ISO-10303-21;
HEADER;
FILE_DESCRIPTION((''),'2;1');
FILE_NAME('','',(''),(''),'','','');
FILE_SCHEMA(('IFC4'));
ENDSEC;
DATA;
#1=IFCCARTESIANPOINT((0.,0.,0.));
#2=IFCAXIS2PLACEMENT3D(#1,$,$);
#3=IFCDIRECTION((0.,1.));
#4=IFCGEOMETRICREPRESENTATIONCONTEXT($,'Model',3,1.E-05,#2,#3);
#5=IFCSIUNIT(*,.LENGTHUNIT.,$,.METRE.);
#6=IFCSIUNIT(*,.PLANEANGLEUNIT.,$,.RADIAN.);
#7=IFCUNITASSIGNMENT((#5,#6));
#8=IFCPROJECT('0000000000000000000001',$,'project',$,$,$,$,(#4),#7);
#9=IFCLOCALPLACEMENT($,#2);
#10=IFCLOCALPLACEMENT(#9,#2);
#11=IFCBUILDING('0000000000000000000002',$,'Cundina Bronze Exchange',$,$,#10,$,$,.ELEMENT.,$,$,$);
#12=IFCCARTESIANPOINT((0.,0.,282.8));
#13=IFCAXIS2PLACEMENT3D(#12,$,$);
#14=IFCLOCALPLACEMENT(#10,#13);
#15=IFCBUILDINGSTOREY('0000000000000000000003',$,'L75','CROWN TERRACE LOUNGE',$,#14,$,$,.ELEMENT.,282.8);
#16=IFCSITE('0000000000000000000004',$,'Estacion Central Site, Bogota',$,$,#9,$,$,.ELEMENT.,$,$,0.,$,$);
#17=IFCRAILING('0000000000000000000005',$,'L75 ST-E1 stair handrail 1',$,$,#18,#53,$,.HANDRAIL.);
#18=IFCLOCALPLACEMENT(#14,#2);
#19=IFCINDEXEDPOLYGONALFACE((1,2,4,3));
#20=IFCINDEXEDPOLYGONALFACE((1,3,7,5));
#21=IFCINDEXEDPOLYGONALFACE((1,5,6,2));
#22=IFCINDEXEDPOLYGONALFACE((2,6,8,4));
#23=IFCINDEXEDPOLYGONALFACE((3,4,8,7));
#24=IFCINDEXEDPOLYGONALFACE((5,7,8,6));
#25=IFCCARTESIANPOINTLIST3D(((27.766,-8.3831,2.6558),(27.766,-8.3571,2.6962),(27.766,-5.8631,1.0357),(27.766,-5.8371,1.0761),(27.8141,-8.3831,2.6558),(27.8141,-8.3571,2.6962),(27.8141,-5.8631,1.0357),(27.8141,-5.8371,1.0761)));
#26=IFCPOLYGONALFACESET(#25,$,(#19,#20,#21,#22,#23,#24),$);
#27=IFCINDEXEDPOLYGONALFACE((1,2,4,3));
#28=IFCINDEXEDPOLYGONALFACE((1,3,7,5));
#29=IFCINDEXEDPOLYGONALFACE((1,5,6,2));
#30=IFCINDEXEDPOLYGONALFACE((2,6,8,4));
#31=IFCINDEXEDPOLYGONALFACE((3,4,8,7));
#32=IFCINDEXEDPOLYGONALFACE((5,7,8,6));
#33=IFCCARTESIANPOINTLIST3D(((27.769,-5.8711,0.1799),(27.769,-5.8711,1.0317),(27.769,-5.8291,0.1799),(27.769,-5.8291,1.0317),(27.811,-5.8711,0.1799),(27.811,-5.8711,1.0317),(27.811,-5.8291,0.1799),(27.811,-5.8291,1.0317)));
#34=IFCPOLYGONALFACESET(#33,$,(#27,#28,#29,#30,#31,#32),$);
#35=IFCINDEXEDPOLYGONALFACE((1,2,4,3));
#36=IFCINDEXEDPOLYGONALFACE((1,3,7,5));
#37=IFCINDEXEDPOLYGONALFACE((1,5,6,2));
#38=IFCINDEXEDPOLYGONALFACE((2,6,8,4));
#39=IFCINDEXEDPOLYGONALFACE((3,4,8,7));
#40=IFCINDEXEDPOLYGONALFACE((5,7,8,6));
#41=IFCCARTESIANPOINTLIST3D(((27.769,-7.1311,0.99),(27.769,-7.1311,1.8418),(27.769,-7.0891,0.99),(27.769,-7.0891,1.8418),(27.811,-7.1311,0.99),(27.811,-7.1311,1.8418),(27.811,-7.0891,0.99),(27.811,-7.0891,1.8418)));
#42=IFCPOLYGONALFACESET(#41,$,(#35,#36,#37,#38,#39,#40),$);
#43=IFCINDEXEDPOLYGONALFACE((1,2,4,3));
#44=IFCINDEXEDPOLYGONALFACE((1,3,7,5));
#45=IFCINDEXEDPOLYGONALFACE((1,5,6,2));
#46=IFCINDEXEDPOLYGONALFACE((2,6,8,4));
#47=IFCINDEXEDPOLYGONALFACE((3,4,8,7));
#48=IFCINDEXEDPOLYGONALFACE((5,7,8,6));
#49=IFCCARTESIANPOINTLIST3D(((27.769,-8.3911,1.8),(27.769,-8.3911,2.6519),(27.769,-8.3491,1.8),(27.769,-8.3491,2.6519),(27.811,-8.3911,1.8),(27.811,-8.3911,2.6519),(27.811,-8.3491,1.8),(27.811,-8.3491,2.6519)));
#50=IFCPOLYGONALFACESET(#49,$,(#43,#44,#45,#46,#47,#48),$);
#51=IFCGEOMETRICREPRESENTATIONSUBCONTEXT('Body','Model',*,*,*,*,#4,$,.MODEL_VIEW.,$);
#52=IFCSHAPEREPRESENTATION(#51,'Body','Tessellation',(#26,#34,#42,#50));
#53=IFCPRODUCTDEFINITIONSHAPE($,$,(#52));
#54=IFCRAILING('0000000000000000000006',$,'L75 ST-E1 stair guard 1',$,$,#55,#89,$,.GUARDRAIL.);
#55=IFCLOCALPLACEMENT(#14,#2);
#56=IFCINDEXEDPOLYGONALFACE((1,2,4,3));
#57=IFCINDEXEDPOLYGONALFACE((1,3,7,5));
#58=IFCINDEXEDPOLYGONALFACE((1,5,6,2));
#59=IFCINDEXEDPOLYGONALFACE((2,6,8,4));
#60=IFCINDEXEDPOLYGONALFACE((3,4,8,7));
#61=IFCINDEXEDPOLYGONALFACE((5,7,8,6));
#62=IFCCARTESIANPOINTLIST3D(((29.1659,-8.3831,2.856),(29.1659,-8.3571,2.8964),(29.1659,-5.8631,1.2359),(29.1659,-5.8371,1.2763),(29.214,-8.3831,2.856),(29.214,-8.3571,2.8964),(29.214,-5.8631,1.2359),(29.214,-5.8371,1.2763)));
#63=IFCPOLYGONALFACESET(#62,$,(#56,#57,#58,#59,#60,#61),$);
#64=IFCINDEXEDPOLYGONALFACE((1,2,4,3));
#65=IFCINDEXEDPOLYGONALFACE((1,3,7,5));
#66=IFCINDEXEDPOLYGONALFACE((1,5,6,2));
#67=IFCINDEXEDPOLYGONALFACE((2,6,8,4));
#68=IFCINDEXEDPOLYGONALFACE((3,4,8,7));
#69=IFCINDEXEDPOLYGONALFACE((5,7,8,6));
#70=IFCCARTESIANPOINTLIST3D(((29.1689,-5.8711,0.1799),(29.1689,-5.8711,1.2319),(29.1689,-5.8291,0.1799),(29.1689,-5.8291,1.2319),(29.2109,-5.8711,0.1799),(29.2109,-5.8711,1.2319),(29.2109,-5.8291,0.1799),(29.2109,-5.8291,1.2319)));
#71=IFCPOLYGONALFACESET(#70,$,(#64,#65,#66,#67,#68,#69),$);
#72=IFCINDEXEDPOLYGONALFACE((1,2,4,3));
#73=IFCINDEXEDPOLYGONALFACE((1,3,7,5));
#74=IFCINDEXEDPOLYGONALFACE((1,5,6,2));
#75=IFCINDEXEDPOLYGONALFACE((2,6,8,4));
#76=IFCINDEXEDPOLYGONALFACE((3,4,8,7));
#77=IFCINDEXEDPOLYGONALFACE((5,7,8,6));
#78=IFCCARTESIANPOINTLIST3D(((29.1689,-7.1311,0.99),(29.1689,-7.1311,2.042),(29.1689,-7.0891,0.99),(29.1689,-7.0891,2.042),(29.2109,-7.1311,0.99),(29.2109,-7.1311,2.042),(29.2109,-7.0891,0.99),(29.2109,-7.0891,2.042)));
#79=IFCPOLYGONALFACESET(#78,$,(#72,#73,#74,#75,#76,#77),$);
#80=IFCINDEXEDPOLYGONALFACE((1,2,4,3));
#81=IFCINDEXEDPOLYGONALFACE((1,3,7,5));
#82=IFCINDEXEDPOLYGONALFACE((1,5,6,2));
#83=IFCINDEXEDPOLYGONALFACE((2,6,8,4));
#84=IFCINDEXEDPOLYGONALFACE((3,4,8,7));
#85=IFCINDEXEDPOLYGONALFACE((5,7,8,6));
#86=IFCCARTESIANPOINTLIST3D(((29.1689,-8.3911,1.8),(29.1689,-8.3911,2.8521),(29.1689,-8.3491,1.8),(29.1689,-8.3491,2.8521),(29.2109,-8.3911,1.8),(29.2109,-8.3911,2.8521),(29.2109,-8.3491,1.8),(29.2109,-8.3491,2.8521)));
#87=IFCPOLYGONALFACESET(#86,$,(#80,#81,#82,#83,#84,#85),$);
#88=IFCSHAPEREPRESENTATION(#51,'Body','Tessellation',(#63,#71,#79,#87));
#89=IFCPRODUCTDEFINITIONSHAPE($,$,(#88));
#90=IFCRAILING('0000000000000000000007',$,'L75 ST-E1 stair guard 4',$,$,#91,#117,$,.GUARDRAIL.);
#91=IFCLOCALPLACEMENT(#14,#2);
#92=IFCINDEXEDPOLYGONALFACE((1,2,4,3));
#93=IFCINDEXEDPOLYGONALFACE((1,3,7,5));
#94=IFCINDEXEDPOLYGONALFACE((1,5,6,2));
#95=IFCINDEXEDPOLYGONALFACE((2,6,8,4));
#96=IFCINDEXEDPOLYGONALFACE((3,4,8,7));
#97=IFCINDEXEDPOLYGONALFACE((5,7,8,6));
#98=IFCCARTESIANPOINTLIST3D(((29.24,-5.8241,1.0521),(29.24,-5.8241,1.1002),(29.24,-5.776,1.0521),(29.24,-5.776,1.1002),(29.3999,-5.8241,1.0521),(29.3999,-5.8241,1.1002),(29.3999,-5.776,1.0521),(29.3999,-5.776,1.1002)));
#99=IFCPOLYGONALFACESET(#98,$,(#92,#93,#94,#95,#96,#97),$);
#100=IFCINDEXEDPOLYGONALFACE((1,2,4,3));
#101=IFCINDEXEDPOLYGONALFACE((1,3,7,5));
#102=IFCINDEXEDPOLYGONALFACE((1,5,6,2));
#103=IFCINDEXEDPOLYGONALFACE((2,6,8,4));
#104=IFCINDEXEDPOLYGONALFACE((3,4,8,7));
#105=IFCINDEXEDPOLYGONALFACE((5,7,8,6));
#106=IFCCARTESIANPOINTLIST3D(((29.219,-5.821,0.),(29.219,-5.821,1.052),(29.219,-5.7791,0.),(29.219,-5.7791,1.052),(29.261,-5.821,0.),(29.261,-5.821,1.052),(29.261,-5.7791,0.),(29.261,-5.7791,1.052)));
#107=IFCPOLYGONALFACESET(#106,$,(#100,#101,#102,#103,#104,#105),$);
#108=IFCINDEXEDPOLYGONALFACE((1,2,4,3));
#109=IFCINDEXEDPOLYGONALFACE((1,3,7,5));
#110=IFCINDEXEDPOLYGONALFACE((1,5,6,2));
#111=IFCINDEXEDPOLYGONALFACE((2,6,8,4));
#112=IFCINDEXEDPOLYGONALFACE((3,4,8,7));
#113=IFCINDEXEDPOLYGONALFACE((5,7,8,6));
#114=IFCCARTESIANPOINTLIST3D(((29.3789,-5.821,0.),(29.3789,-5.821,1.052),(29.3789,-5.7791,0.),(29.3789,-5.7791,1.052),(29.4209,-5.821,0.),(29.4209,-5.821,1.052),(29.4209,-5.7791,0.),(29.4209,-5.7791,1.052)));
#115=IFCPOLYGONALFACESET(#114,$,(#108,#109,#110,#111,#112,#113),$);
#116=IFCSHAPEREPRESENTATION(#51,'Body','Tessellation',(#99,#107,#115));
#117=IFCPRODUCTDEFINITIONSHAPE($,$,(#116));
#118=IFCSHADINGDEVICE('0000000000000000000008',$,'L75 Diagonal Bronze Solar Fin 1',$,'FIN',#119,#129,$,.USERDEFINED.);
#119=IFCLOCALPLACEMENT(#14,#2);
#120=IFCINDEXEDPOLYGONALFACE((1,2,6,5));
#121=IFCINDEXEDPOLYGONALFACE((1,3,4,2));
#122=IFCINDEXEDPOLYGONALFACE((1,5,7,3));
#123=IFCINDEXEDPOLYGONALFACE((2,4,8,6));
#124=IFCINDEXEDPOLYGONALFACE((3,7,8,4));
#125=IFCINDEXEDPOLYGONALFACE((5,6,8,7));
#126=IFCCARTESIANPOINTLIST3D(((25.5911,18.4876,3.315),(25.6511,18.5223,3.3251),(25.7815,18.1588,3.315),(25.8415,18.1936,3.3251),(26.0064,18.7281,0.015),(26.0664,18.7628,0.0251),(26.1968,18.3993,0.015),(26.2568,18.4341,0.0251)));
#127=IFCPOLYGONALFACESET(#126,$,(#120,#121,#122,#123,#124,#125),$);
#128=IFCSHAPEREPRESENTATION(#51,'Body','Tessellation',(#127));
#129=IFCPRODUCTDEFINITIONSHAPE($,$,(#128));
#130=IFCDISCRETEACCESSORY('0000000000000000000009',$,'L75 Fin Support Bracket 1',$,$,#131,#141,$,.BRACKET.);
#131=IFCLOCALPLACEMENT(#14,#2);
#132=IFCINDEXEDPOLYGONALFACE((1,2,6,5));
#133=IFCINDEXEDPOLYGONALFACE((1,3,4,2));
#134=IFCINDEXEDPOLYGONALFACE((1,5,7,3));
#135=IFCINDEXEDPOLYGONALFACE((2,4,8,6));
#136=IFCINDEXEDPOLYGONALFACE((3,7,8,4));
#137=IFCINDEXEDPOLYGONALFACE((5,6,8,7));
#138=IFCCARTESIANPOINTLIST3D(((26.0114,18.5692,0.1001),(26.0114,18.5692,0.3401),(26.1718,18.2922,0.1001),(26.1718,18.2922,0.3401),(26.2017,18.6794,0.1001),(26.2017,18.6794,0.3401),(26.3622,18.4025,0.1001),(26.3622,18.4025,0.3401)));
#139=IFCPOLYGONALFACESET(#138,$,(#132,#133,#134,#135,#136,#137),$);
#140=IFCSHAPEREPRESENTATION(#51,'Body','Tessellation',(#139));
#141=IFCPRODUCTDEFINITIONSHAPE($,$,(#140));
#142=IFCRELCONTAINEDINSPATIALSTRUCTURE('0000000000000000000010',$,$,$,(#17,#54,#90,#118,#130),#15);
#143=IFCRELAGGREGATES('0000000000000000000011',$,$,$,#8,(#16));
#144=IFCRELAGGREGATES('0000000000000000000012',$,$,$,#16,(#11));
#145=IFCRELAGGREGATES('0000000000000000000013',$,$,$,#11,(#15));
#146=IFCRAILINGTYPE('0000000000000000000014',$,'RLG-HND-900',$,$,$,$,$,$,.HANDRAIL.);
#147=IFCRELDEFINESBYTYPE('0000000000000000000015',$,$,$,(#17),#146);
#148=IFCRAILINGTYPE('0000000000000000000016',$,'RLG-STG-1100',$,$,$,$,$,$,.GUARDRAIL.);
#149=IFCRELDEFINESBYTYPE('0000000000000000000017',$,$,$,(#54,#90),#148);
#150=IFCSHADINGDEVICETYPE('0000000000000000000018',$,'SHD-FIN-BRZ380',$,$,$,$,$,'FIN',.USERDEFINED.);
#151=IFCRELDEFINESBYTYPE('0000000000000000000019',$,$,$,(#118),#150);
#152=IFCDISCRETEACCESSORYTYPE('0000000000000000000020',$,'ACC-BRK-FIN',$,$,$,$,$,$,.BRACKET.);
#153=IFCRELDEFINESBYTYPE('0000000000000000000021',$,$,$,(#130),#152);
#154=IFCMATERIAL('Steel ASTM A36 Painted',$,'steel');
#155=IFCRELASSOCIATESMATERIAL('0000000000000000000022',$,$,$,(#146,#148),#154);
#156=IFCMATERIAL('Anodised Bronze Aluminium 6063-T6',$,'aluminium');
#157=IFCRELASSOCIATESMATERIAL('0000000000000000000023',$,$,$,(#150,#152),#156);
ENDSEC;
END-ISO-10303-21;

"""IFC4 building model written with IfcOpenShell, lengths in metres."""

from ifc_helpers import new_model, si_unit, direction, frame, origin, origin_2d, place, context, subcontext, project, spatial, rectangle, extrude, material, material_profile, profile_set, type_object, element, save


model = new_model("IFC4")

# Units and contexts
model_context = context("Model", 3, precision=1e-05, world=origin(), true_north=direction((0.0, 1.0)))
body_context = subcontext(model_context, "Body", "Model", "MODEL_VIEW")
ifc_project = project(units=[si_unit("LENGTHUNIT", "METRE"), si_unit("PLANEANGLEUNIT", "RADIAN")], contexts=[model_context])

# Site, building, storey
site_placement = place(None, origin())
site = spatial("IfcSite", under=ifc_project, at=site_placement, Name="Estacion Central Site, Bogota", CompositionType="ELEMENT", RefElevation=0.0)
building_placement = place(site_placement, origin())
building = spatial("IfcBuilding", under=site, at=building_placement, Name="Cundina Bronze Exchange", CompositionType="ELEMENT")
storey_placement = place(building_placement, frame((0.0, 0.0, 282.8)))
storey = spatial("IfcBuildingStorey", under=building, at=storey_placement, Name="L75", Description="CROWN TERRACE LOUNGE", CompositionType="ELEMENT", Elevation=282.8)

# Shared definitions
ifc_material_1 = material(Name="Anodised Bronze Aluminium 6063-T6", Category="aluminium")

# Shared definitions
ifc_material_2 = material(Name="Steel ASTM A36 Painted", Category="steel")

# Railings
railing_type_1 = type_object("IfcRailingType", Name="RLG-HND-900", PredefinedType="HANDRAIL", material=ifc_material_2)
railing_1_placement = place(storey_placement, frame((27.79, -5.8501, 0.1799)))
element("IfcRailing", 1, at=railing_1_placement, inside=storey, type_object=railing_type_1, Name="L75 ST-E1 stair handrail 1", PredefinedType="HANDRAIL", context=body_context, shape_type="SweptSolid", body=[
    extrude(rectangle(XDim=0.0481, YDim=0.0481, at=origin_2d()), frame((0.0, 0.0, 0.876), z_axis=(0.0, -0.841163, 0.540782), x_axis=(1.0, 0.0, 0.0)), (0.0, 0.0, 1.0), 2.9958),
    extrude(rectangle(XDim=0.042, YDim=0.042, at=origin_2d()), origin(), (0.0, 0.0, 1.0), 0.8518),
    extrude(rectangle(XDim=0.042, YDim=0.042, at=origin_2d()), frame((0.0, -1.26, 0.8101)), (0.0, 0.0, 1.0), 0.8518),
    extrude(rectangle(XDim=0.042, YDim=0.042, at=origin_2d()), frame((0.0, -2.52, 1.6201)), (0.0, 0.0, 1.0), 0.8518),
])
railing_type_2 = type_object("IfcRailingType", Name="RLG-STG-1100", PredefinedType="GUARDRAIL", material=ifc_material_2)
railing_2_placement = place(storey_placement, frame((29.1899, -5.8501, 0.1799)))
element("IfcRailing", 2, at=railing_2_placement, inside=storey, type_object=railing_type_2, Name="L75 ST-E1 stair guard 1", PredefinedType="GUARDRAIL", context=body_context, shape_type="SweptSolid", body=[
    extrude(rectangle(XDim=0.0481, YDim=0.0481, at=origin_2d()), frame((0.0, 0.0, 1.0762), z_axis=(0.0, -0.841163, 0.540782), x_axis=(1.0, 0.0, 0.0)), (0.0, 0.0, 1.0), 2.9958),
    extrude(rectangle(XDim=0.042, YDim=0.042, at=origin_2d()), origin(), (0.0, 0.0, 1.0), 1.052),
    extrude(rectangle(XDim=0.042, YDim=0.042, at=origin_2d()), frame((0.0, -1.26, 0.8101)), (0.0, 0.0, 1.0), 1.052),
    extrude(rectangle(XDim=0.042, YDim=0.042, at=origin_2d()), frame((0.0, -2.52, 1.6201)), (0.0, 0.0, 1.0), 1.052),
])
railing_3_placement = place(storey_placement, frame((29.24, -5.8, 0.0)))
element("IfcRailing", 3, at=railing_3_placement, inside=storey, type_object=railing_type_2, Name="L75 ST-E1 stair guard 4", PredefinedType="GUARDRAIL", context=body_context, shape_type="SweptSolid", body=[
    extrude(rectangle(XDim=0.0481, YDim=0.0481, at=origin_2d()), frame((0.0, 0.0, 1.0762), z_axis=(1.0, 0.0, 0.0), x_axis=(0.0, 1.0, 0.0)), (0.0, 0.0, 1.0), 0.1599),
    extrude(rectangle(XDim=0.042, YDim=0.042, at=origin_2d()), origin(), (0.0, 0.0, 1.0), 1.052),
    extrude(rectangle(XDim=0.042, YDim=0.042, at=origin_2d()), frame((0.1599, 0.0, 0.0)), (0.0, 0.0, 1.0), 1.052),
])

# Shading device
ifc_material_profile_1 = material_profile(ifc_material_1, rectangle(XDim=0.0701, YDim=0.3799, at=origin_2d()), Name="FIN70X380", Category="aluminium")
ifc_profile_set_1 = profile_set([ifc_material_profile_1], Name="Anodised Bronze Aluminium 6063-T6")
shading_device_type = type_object("IfcShadingDeviceType", Name="SHD-FIN-BRZ380", ElementType="FIN", PredefinedType="USERDEFINED", material=ifc_profile_set_1)
shading_device_placement = place(storey_placement, frame((26.1316, 18.5811, 0.02), z_axis=(-0.124532, -0.072113, 0.989592), x_axis=(0.856373, 0.495901, 0.143904)))
element("IfcShadingDevice", 4, at=shading_device_placement, inside=storey, type_object=shading_device_type, Name="L75 Diagonal Bronze Solar Fin 1", ObjectType="FIN", PredefinedType="USERDEFINED", context=body_context, shape_type="SweptSolid", body=[
    extrude(rectangle(XDim=0.0701, YDim=0.3799, at=origin_2d()), origin(), (0.0, 0.0, 1.0), 3.3347),
])

# Discrete accessory
discrete_accessory_type = type_object("IfcDiscreteAccessoryType", Name="ACC-BRK-FIN", PredefinedType="BRACKET", material=ifc_material_1)
discrete_accessory_placement = place(storey_placement, frame((26.1868, 18.4858, 0.1001), z_axis=(0.0, 0.0, 1.0), x_axis=(-0.865309, -0.501239, 0.0)))
element("IfcDiscreteAccessory", 5, at=discrete_accessory_placement, inside=storey, type_object=discrete_accessory_type, Name="L75 Fin Support Bracket 1", PredefinedType="BRACKET", context=body_context, shape_type="SweptSolid", body=[
    extrude(rectangle(XDim=0.22, YDim=0.3201, at=origin_2d()), origin(), (0.0, 0.0, 1.0), 0.24),
])

save(model, "model.ifc")
